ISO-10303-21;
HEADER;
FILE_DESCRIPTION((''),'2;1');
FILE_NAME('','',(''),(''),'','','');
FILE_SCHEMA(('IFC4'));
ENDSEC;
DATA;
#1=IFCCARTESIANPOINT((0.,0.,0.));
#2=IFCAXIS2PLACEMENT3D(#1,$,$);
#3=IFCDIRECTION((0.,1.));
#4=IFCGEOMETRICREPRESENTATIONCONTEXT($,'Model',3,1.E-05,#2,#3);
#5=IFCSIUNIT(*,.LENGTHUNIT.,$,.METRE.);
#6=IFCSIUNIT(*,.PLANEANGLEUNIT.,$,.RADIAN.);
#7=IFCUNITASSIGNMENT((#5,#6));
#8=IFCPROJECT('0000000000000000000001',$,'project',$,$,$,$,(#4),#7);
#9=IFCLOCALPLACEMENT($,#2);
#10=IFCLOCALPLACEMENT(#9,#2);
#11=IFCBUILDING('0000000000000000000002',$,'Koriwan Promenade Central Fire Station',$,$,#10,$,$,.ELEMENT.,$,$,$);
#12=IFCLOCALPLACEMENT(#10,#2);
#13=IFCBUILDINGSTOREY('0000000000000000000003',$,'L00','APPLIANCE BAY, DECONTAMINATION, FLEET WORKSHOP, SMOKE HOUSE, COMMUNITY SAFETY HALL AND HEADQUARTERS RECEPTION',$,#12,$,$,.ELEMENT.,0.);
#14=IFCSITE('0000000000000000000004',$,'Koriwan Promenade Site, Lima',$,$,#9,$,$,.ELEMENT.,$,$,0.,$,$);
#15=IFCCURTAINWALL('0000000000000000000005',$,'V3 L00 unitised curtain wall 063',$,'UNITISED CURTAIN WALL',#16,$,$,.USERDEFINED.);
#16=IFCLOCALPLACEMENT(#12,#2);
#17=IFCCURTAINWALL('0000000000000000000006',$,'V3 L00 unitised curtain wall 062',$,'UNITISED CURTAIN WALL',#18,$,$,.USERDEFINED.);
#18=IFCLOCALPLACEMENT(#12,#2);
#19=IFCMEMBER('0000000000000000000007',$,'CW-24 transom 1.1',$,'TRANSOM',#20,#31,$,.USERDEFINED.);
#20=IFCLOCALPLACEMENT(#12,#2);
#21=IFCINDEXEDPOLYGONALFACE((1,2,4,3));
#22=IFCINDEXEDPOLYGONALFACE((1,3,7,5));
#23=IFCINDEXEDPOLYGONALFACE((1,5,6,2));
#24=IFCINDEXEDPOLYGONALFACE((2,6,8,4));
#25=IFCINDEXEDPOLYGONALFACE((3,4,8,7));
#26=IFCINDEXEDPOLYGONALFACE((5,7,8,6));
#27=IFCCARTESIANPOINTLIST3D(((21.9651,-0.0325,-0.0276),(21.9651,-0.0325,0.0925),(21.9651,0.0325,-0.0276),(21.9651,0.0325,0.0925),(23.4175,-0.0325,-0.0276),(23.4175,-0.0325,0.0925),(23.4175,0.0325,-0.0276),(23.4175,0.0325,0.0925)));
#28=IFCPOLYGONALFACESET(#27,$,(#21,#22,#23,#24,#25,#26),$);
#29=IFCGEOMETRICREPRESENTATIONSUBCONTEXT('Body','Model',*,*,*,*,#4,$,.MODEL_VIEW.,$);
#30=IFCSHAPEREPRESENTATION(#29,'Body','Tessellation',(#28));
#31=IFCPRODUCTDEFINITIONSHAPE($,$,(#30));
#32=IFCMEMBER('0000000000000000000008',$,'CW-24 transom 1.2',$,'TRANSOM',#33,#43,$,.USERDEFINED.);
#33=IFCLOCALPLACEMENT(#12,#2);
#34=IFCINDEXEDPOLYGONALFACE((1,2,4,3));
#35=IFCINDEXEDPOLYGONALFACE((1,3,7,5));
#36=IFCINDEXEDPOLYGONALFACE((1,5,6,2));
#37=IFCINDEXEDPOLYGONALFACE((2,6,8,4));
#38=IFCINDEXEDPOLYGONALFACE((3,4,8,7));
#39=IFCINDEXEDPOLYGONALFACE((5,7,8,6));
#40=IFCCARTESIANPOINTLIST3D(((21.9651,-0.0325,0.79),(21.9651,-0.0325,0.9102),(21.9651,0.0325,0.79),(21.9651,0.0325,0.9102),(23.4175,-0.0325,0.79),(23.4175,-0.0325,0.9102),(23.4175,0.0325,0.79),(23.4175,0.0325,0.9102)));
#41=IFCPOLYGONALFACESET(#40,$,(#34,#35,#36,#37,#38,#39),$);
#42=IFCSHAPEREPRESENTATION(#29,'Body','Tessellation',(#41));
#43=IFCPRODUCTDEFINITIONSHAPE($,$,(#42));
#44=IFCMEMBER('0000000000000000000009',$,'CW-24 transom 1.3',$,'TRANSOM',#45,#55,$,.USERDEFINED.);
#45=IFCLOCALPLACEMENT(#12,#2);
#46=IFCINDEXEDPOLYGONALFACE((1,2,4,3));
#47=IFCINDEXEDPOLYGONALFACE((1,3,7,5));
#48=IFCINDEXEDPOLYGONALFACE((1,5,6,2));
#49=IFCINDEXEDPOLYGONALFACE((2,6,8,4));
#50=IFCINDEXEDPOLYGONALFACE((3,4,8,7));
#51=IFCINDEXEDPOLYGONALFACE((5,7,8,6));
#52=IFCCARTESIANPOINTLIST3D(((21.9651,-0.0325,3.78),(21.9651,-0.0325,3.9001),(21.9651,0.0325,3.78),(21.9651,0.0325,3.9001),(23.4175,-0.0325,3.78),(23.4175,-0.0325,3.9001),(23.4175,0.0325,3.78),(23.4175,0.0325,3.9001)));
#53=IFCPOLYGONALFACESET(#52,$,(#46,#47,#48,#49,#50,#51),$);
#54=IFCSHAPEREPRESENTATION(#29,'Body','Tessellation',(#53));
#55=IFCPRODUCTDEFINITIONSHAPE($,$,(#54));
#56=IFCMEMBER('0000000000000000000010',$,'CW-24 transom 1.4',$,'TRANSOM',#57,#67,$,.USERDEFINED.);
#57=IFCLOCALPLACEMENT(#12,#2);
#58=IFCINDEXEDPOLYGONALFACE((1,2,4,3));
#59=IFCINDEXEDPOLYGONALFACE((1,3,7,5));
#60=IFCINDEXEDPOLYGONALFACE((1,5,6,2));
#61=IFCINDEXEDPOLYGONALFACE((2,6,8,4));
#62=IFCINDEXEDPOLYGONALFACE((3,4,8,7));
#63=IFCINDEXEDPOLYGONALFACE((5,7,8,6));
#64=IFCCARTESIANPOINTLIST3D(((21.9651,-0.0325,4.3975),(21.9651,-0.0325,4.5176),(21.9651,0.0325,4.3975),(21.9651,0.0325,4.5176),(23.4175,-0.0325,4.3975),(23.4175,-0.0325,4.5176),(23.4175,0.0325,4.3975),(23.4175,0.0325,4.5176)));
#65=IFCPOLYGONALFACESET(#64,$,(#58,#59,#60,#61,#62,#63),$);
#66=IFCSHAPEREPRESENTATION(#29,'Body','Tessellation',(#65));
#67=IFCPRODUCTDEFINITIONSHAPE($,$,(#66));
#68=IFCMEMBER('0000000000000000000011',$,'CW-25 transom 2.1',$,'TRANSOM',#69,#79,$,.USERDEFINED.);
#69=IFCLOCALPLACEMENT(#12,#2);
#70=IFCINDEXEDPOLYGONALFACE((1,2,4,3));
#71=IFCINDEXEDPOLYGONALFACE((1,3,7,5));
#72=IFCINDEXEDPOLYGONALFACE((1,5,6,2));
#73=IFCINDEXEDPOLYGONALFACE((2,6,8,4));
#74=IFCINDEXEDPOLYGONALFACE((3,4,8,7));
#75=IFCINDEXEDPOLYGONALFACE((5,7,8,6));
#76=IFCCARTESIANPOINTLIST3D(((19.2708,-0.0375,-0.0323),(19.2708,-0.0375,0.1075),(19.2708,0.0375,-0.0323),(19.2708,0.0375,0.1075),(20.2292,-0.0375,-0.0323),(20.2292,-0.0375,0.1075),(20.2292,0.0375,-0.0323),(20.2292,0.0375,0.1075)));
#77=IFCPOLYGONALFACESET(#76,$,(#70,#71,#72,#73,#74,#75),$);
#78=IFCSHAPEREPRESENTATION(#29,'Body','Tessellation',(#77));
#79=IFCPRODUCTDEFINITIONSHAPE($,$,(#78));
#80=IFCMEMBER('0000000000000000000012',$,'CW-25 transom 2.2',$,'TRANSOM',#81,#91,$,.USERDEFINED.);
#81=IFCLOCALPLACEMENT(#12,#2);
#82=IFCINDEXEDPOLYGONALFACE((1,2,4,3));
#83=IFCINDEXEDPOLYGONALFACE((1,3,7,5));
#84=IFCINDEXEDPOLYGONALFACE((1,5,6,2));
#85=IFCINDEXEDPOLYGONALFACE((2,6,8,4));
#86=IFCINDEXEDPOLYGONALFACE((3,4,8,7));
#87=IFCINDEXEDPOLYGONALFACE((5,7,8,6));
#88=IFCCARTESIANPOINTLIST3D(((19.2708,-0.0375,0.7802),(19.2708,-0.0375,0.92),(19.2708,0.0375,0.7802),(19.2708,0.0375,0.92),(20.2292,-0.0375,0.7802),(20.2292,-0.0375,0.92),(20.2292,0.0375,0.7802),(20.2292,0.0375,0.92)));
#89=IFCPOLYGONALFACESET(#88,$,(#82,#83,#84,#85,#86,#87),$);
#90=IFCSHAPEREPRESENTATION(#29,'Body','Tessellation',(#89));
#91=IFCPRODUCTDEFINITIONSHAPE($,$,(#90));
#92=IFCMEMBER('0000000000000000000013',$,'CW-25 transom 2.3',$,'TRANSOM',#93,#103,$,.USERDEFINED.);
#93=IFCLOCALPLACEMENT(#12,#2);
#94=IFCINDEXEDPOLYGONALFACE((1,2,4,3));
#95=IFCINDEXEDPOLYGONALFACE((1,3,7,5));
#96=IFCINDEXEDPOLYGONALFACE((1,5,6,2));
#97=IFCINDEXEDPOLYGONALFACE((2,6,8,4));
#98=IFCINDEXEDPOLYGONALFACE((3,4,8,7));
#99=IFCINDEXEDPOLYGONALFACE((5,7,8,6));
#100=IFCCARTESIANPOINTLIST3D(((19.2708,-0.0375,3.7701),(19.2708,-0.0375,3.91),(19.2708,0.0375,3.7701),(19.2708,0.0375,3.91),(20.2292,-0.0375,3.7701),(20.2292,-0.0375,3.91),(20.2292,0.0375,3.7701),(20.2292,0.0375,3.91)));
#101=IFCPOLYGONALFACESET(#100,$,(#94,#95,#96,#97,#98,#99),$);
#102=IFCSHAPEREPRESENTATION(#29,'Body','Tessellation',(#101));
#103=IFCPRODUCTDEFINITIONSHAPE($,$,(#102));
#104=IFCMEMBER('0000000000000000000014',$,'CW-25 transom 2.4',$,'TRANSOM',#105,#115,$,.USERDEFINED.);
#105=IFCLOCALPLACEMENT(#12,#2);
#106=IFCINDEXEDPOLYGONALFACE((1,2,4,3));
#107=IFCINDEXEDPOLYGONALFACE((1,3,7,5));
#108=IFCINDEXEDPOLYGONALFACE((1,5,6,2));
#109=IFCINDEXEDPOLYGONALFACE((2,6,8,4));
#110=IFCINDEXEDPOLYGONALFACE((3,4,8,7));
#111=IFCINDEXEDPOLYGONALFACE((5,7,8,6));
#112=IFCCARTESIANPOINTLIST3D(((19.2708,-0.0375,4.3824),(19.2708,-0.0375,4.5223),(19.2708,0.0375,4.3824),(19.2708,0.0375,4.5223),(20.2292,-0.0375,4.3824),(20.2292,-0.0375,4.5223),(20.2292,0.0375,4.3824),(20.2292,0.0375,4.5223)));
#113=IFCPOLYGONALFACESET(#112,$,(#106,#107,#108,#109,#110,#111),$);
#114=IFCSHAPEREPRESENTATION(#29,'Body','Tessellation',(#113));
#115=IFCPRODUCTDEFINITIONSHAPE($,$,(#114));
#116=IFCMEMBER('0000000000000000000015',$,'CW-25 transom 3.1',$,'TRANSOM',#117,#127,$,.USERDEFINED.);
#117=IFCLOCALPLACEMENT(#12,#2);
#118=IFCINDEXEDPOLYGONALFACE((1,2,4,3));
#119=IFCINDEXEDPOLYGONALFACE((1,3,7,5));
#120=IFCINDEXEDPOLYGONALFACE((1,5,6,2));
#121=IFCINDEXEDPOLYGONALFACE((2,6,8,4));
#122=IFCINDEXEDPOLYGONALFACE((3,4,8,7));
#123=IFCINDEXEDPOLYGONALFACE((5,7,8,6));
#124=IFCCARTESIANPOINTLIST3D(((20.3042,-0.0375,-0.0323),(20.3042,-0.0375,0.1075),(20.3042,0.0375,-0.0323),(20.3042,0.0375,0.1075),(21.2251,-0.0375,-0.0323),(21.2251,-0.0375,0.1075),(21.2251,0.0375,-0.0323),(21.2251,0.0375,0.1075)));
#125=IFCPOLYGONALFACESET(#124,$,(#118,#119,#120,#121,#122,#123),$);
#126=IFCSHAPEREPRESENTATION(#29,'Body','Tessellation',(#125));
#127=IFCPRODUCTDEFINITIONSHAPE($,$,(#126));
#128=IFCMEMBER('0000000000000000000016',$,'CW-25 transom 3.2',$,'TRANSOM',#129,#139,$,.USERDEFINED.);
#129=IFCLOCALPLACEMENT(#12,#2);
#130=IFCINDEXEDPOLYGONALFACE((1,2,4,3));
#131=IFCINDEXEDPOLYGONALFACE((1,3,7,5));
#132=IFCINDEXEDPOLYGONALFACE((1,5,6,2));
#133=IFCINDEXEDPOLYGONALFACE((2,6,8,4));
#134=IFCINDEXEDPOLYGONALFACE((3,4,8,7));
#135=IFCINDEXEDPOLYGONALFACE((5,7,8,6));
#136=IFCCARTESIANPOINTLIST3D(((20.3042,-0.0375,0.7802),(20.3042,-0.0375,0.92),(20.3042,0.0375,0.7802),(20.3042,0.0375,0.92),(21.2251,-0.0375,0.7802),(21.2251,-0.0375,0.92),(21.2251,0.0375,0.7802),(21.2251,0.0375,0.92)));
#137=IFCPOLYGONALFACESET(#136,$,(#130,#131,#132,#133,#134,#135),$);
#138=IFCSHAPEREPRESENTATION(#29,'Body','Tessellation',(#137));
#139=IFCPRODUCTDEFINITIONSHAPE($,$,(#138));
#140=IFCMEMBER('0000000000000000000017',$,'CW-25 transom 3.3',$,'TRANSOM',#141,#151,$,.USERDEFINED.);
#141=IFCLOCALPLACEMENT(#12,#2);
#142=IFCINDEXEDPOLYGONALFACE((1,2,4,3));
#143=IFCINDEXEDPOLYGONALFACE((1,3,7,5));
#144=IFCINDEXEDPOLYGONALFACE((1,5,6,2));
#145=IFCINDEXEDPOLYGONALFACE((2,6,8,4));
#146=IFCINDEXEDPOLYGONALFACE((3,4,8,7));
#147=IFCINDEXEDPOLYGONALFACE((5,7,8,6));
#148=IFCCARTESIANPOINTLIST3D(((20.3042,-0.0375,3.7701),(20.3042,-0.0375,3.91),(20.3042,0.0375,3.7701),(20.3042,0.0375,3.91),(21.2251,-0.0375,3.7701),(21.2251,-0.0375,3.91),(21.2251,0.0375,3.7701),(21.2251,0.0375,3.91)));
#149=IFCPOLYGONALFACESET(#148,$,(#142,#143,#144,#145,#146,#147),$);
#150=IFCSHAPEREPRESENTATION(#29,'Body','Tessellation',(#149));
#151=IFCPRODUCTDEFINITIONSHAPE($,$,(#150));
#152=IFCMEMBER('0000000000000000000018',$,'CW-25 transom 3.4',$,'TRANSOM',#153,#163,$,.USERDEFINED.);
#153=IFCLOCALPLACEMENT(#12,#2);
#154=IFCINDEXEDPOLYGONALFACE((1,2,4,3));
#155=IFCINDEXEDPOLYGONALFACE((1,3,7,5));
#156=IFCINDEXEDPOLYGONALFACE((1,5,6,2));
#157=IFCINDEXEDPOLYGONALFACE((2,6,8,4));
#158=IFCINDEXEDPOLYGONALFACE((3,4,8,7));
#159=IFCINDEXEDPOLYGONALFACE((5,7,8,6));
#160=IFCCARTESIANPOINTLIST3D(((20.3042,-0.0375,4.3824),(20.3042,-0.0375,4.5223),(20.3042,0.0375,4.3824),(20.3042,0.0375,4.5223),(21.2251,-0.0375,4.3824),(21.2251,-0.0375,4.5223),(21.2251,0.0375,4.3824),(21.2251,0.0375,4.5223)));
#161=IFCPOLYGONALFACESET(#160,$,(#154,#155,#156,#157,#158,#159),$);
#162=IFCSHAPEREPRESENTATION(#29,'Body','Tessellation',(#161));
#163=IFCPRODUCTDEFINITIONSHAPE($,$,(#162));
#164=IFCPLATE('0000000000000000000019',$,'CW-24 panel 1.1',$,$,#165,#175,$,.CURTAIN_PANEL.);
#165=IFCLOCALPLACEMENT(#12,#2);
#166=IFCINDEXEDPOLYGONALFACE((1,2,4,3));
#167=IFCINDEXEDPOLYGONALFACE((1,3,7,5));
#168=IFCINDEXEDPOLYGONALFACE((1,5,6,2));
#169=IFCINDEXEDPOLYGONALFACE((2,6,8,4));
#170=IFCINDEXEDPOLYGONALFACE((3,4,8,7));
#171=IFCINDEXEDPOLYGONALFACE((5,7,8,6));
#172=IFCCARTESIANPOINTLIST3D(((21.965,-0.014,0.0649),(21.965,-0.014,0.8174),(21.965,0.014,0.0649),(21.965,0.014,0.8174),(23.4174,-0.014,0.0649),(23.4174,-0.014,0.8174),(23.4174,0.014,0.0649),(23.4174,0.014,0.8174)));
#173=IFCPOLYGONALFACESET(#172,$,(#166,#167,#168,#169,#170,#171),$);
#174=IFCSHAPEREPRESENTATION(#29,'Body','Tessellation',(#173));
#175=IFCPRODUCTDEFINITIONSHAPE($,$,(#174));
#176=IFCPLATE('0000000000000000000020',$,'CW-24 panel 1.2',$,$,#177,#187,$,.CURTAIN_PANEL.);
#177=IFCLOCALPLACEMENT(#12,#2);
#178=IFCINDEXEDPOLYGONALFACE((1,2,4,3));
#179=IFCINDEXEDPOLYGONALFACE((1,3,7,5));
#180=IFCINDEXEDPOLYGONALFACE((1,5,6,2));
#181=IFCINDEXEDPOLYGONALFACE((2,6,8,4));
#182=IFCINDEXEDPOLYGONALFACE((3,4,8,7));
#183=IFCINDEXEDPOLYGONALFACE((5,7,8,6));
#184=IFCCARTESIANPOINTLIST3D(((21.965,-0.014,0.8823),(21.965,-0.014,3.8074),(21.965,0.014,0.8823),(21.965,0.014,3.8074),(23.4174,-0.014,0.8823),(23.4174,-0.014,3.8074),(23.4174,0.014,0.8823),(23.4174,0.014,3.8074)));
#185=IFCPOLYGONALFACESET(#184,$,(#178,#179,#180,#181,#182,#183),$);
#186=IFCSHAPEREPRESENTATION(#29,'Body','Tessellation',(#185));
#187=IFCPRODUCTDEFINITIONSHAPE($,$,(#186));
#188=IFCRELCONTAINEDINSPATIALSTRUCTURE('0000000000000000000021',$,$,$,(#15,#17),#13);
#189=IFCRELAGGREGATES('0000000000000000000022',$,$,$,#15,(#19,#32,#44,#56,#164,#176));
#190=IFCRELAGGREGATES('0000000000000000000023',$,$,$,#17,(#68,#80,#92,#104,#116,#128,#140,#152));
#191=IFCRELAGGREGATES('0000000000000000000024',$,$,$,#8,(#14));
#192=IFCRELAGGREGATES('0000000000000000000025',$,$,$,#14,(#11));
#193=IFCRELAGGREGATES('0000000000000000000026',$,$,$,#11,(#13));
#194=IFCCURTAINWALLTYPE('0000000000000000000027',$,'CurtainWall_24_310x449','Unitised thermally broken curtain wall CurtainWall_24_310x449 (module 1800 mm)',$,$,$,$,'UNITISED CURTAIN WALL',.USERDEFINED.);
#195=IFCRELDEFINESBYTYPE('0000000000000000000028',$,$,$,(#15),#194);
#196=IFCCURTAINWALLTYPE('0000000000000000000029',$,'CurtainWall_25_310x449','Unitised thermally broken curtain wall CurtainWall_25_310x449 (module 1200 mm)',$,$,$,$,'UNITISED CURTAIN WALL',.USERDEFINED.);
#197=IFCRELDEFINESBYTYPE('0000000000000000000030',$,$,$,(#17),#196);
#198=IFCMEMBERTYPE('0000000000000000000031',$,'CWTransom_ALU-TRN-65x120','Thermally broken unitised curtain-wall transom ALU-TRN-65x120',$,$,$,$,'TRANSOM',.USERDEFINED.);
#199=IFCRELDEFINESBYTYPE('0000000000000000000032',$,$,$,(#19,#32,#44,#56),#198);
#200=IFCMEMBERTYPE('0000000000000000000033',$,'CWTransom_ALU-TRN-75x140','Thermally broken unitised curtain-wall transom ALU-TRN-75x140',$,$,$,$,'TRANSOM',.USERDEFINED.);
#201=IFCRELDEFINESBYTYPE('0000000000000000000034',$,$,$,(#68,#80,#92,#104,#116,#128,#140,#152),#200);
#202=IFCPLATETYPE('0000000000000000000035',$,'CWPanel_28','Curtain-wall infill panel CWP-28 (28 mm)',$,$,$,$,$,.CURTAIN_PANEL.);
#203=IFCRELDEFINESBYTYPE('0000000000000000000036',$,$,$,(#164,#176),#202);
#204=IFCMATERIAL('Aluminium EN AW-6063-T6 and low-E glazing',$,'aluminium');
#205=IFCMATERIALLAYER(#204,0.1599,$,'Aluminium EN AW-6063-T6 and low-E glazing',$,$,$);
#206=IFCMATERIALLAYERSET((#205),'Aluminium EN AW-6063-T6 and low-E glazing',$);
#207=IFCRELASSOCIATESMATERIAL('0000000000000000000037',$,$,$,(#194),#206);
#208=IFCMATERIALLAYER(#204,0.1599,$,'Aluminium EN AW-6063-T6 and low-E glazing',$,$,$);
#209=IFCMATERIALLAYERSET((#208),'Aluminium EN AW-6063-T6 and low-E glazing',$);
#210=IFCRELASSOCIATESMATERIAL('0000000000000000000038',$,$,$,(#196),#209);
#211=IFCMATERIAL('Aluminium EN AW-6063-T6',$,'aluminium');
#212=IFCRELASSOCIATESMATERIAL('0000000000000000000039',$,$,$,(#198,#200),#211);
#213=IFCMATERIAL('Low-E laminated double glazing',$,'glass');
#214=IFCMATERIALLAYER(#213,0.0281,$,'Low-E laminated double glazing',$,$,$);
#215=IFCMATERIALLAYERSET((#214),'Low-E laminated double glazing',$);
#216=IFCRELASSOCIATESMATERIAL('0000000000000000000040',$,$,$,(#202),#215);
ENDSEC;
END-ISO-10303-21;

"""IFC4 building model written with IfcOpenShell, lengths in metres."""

from ifc_helpers import new_model, si_unit, direction, frame, origin, origin_2d, place, context, subcontext, project, spatial, rectangle, extrude, material, layer, layer_set, material_profile, profile_set, type_object, element, aggregate, save


model = new_model("IFC4")

# Units and contexts
model_context = context("Model", 3, precision=1e-05, world=origin(), true_north=direction((0.0, 1.0)))
body_context = subcontext(model_context, "Body", "Model", "MODEL_VIEW")
ifc_project = project(units=[si_unit("LENGTHUNIT", "METRE"), si_unit("PLANEANGLEUNIT", "RADIAN")], contexts=[model_context])

# Site, building, storey
site_placement = place(None, origin())
site = spatial("IfcSite", under=ifc_project, at=site_placement, Name="Koriwan Promenade Site, Lima", CompositionType="ELEMENT", RefElevation=0.0)
building_placement = place(site_placement, origin())
building = spatial("IfcBuilding", under=site, at=building_placement, Name="Koriwan Promenade Central Fire Station", CompositionType="ELEMENT")
storey_placement = place(building_placement, origin())
storey = spatial("IfcBuildingStorey", under=building, at=storey_placement, Name="L00", Description="APPLIANCE BAY, DECONTAMINATION, FLEET WORKSHOP, SMOKE HOUSE, COMMUNITY SAFETY HALL AND HEADQUARTERS RECEPTION", CompositionType="ELEMENT", Elevation=0.0)

# Curtain walls
ifc_material_1 = material(Name="Aluminium EN AW-6063-T6 and low-E glazing", Category="aluminium")
ifc_layer_1 = layer(ifc_material_1, 0.1599, Name="Aluminium EN AW-6063-T6 and low-E glazing")
ifc_layer_set_1 = layer_set([ifc_layer_1], Name="Aluminium EN AW-6063-T6 and low-E glazing")
curtain_wall_type_1 = type_object("IfcCurtainWallType", Name="CurtainWall_24_310x449", Description="Unitised thermally broken curtain wall CurtainWall_24_310x449 (module 1800 mm)", ElementType="UNITISED CURTAIN WALL", PredefinedType="USERDEFINED", material=ifc_layer_set_1)
curtain_wall_1_placement = place(storey_placement, origin())
curtain_wall_1 = element("IfcCurtainWall", 1, at=curtain_wall_1_placement, inside=storey, type_object=curtain_wall_type_1, Name="V3 L00 unitised curtain wall 063", ObjectType="UNITISED CURTAIN WALL", PredefinedType="USERDEFINED")
ifc_material_2 = material(Name="Aluminium EN AW-6063-T6", Category="aluminium")
ifc_layer_2 = layer(ifc_material_1, 0.1599, Name="Aluminium EN AW-6063-T6 and low-E glazing")
ifc_layer_set_2 = layer_set([ifc_layer_2], Name="Aluminium EN AW-6063-T6 and low-E glazing")
curtain_wall_type_2 = type_object("IfcCurtainWallType", Name="CurtainWall_25_310x449", Description="Unitised thermally broken curtain wall CurtainWall_25_310x449 (module 1200 mm)", ElementType="UNITISED CURTAIN WALL", PredefinedType="USERDEFINED", material=ifc_layer_set_2)
curtain_wall_2_placement = place(storey_placement, origin())
curtain_wall_2 = element("IfcCurtainWall", 2, at=curtain_wall_2_placement, inside=storey, type_object=curtain_wall_type_2, Name="V3 L00 unitised curtain wall 062", ObjectType="UNITISED CURTAIN WALL", PredefinedType="USERDEFINED")

# Members
ifc_material_profile_1 = material_profile(ifc_material_2, rectangle(XDim=0.0649, YDim=0.1201, at=origin_2d()), Name="ALU-TRN-65x120")
ifc_profile_set_1 = profile_set([ifc_material_profile_1], Name="Aluminium EN AW-6063-T6")
member_type_1 = type_object("IfcMemberType", Name="CWTransom_ALU-TRN-65x120", Description="Thermally broken unitised curtain-wall transom ALU-TRN-65x120", ElementType="TRANSOM", PredefinedType="USERDEFINED", material=ifc_profile_set_1)
member_1_placement = place(storey_placement, frame((21.9651, 0.0, 0.0325), z_axis=(1.0, 0.0, 0.0), x_axis=(0.0, 1.0, 0.0)))
member_1 = element("IfcMember", 3, at=member_1_placement, type_object=member_type_1, Name="CW-24 transom 1.1", ObjectType="TRANSOM", PredefinedType="USERDEFINED", context=body_context, shape_type="SweptSolid", body=[
    extrude(rectangle(XDim=0.0649, YDim=0.1201, at=origin_2d()), origin(), (0.0, 0.0, 1.0), 1.4524),
])
member_2_placement = place(storey_placement, frame((21.9651, 0.0, 0.8501), z_axis=(1.0, 0.0, 0.0), x_axis=(0.0, 1.0, 0.0)))
member_2 = element("IfcMember", 4, at=member_2_placement, type_object=member_type_1, Name="CW-24 transom 1.2", ObjectType="TRANSOM", PredefinedType="USERDEFINED", context=body_context, shape_type="SweptSolid", body=[
    extrude(rectangle(XDim=0.0649, YDim=0.1201, at=origin_2d()), origin(), (0.0, 0.0, 1.0), 1.4524),
])
member_3_placement = place(storey_placement, frame((21.9651, 0.0, 3.8401), z_axis=(1.0, 0.0, 0.0), x_axis=(0.0, 1.0, 0.0)))
member_3 = element("IfcMember", 5, at=member_3_placement, type_object=member_type_1, Name="CW-24 transom 1.3", ObjectType="TRANSOM", PredefinedType="USERDEFINED", context=body_context, shape_type="SweptSolid", body=[
    extrude(rectangle(XDim=0.0649, YDim=0.1201, at=origin_2d()), origin(), (0.0, 0.0, 1.0), 1.4524),
])
member_4_placement = place(storey_placement, frame((21.9651, 0.0, 4.4575), z_axis=(1.0, 0.0, 0.0), x_axis=(0.0, 1.0, 0.0)))
member_4 = element("IfcMember", 6, at=member_4_placement, type_object=member_type_1, Name="CW-24 transom 1.4", ObjectType="TRANSOM", PredefinedType="USERDEFINED", context=body_context, shape_type="SweptSolid", body=[
    extrude(rectangle(XDim=0.0649, YDim=0.1201, at=origin_2d()), origin(), (0.0, 0.0, 1.0), 1.4524),
])
ifc_material_profile_2 = material_profile(ifc_material_2, rectangle(XDim=0.075, YDim=0.1399, at=origin_2d()), Name="ALU-TRN-75x140")
ifc_profile_set_2 = profile_set([ifc_material_profile_2], Name="Aluminium EN AW-6063-T6")
member_type_2 = type_object("IfcMemberType", Name="CWTransom_ALU-TRN-75x140", Description="Thermally broken unitised curtain-wall transom ALU-TRN-75x140", ElementType="TRANSOM", PredefinedType="USERDEFINED", material=ifc_profile_set_2)
member_5_placement = place(storey_placement, frame((19.2708, 0.0, 0.0376), z_axis=(1.0, 0.0, 0.0), x_axis=(0.0, 1.0, 0.0)))
member_5 = element("IfcMember", 7, at=member_5_placement, type_object=member_type_2, Name="CW-25 transom 2.1", ObjectType="TRANSOM", PredefinedType="USERDEFINED", context=body_context, shape_type="SweptSolid", body=[
    extrude(rectangle(XDim=0.075, YDim=0.1399, at=origin_2d()), origin(), (0.0, 0.0, 1.0), 0.9585),
])
member_6_placement = place(storey_placement, frame((19.2708, 0.0, 0.8501), z_axis=(1.0, 0.0, 0.0), x_axis=(0.0, 1.0, 0.0)))
member_6 = element("IfcMember", 8, at=member_6_placement, type_object=member_type_2, Name="CW-25 transom 2.2", ObjectType="TRANSOM", PredefinedType="USERDEFINED", context=body_context, shape_type="SweptSolid", body=[
    extrude(rectangle(XDim=0.075, YDim=0.1399, at=origin_2d()), origin(), (0.0, 0.0, 1.0), 0.9585),
])
member_7_placement = place(storey_placement, frame((19.2708, 0.0, 3.8401), z_axis=(1.0, 0.0, 0.0), x_axis=(0.0, 1.0, 0.0)))
member_7 = element("IfcMember", 9, at=member_7_placement, type_object=member_type_2, Name="CW-25 transom 2.3", ObjectType="TRANSOM", PredefinedType="USERDEFINED", context=body_context, shape_type="SweptSolid", body=[
    extrude(rectangle(XDim=0.075, YDim=0.1399, at=origin_2d()), origin(), (0.0, 0.0, 1.0), 0.9585),
])
member_8_placement = place(storey_placement, frame((19.2708, 0.0, 4.4524), z_axis=(1.0, 0.0, 0.0), x_axis=(0.0, 1.0, 0.0)))
member_8 = element("IfcMember", 10, at=member_8_placement, type_object=member_type_2, Name="CW-25 transom 2.4", ObjectType="TRANSOM", PredefinedType="USERDEFINED", context=body_context, shape_type="SweptSolid", body=[
    extrude(rectangle(XDim=0.075, YDim=0.1399, at=origin_2d()), origin(), (0.0, 0.0, 1.0), 0.9585),
])
member_9_placement = place(storey_placement, frame((20.3042, 0.0, 0.0376), z_axis=(1.0, 0.0, 0.0), x_axis=(0.0, 1.0, 0.0)))
member_9 = element("IfcMember", 11, at=member_9_placement, type_object=member_type_2, Name="CW-25 transom 3.1", ObjectType="TRANSOM", PredefinedType="USERDEFINED", context=body_context, shape_type="SweptSolid", body=[
    extrude(rectangle(XDim=0.075, YDim=0.1399, at=origin_2d()), origin(), (0.0, 0.0, 1.0), 0.9209),
])
member_10_placement = place(storey_placement, frame((20.3042, 0.0, 0.8501), z_axis=(1.0, 0.0, 0.0), x_axis=(0.0, 1.0, 0.0)))
member_10 = element("IfcMember", 12, at=member_10_placement, type_object=member_type_2, Name="CW-25 transom 3.2", ObjectType="TRANSOM", PredefinedType="USERDEFINED", context=body_context, shape_type="SweptSolid", body=[
    extrude(rectangle(XDim=0.075, YDim=0.1399, at=origin_2d()), origin(), (0.0, 0.0, 1.0), 0.9209),
])
member_11_placement = place(storey_placement, frame((20.3042, 0.0, 3.8401), z_axis=(1.0, 0.0, 0.0), x_axis=(0.0, 1.0, 0.0)))
member_11 = element("IfcMember", 13, at=member_11_placement, type_object=member_type_2, Name="CW-25 transom 3.3", ObjectType="TRANSOM", PredefinedType="USERDEFINED", context=body_context, shape_type="SweptSolid", body=[
    extrude(rectangle(XDim=0.075, YDim=0.1399, at=origin_2d()), origin(), (0.0, 0.0, 1.0), 0.9209),
])
member_12_placement = place(storey_placement, frame((20.3042, 0.0, 4.4524), z_axis=(1.0, 0.0, 0.0), x_axis=(0.0, 1.0, 0.0)))
member_12 = element("IfcMember", 14, at=member_12_placement, type_object=member_type_2, Name="CW-25 transom 3.4", ObjectType="TRANSOM", PredefinedType="USERDEFINED", context=body_context, shape_type="SweptSolid", body=[
    extrude(rectangle(XDim=0.075, YDim=0.1399, at=origin_2d()), origin(), (0.0, 0.0, 1.0), 0.9209),
])

# Plates
ifc_material_3 = material(Name="Low-E laminated double glazing", Category="glass")
ifc_layer_3 = layer(ifc_material_3, 0.0281, Name="Low-E laminated double glazing")
ifc_layer_set_3 = layer_set([ifc_layer_3], Name="Low-E laminated double glazing")
plate_type_1 = type_object("IfcPlateType", Name="CWPanel_28", Description="Curtain-wall infill panel CWP-28 (28 mm)", PredefinedType="CURTAIN_PANEL", material=ifc_layer_set_3)
plate_1_placement = place(storey_placement, frame((22.6912, 0.0, 0.0649), z_axis=(0.0, 0.0, 1.0), x_axis=(1.0, 0.0, 0.0)))
plate_1 = element("IfcPlate", 15, at=plate_1_placement, type_object=plate_type_1, Name="CW-24 panel 1.1", PredefinedType="CURTAIN_PANEL", context=body_context, shape_type="SweptSolid", body=[
    extrude(rectangle(XDim=1.4524, YDim=0.0281, at=origin_2d()), origin(), (0.0, 0.0, 1.0), 0.7524),
])
plate_2_placement = place(storey_placement, frame((22.6912, 0.0, 0.8823), z_axis=(0.0, 0.0, 1.0), x_axis=(1.0, 0.0, 0.0)))
plate_2 = element("IfcPlate", 16, at=plate_2_placement, type_object=plate_type_1, Name="CW-24 panel 1.2", PredefinedType="CURTAIN_PANEL", context=body_context, shape_type="SweptSolid", body=[
    extrude(rectangle(XDim=1.4524, YDim=0.0281, at=origin_2d()), origin(), (0.0, 0.0, 1.0), 2.925),
])
aggregate(curtain_wall_1, [member_1, member_2, member_3, member_4, plate_1, plate_2])
aggregate(curtain_wall_2, [member_5, member_6, member_7, member_8, member_9, member_10, member_11, member_12])

save(model, "model.ifc")
